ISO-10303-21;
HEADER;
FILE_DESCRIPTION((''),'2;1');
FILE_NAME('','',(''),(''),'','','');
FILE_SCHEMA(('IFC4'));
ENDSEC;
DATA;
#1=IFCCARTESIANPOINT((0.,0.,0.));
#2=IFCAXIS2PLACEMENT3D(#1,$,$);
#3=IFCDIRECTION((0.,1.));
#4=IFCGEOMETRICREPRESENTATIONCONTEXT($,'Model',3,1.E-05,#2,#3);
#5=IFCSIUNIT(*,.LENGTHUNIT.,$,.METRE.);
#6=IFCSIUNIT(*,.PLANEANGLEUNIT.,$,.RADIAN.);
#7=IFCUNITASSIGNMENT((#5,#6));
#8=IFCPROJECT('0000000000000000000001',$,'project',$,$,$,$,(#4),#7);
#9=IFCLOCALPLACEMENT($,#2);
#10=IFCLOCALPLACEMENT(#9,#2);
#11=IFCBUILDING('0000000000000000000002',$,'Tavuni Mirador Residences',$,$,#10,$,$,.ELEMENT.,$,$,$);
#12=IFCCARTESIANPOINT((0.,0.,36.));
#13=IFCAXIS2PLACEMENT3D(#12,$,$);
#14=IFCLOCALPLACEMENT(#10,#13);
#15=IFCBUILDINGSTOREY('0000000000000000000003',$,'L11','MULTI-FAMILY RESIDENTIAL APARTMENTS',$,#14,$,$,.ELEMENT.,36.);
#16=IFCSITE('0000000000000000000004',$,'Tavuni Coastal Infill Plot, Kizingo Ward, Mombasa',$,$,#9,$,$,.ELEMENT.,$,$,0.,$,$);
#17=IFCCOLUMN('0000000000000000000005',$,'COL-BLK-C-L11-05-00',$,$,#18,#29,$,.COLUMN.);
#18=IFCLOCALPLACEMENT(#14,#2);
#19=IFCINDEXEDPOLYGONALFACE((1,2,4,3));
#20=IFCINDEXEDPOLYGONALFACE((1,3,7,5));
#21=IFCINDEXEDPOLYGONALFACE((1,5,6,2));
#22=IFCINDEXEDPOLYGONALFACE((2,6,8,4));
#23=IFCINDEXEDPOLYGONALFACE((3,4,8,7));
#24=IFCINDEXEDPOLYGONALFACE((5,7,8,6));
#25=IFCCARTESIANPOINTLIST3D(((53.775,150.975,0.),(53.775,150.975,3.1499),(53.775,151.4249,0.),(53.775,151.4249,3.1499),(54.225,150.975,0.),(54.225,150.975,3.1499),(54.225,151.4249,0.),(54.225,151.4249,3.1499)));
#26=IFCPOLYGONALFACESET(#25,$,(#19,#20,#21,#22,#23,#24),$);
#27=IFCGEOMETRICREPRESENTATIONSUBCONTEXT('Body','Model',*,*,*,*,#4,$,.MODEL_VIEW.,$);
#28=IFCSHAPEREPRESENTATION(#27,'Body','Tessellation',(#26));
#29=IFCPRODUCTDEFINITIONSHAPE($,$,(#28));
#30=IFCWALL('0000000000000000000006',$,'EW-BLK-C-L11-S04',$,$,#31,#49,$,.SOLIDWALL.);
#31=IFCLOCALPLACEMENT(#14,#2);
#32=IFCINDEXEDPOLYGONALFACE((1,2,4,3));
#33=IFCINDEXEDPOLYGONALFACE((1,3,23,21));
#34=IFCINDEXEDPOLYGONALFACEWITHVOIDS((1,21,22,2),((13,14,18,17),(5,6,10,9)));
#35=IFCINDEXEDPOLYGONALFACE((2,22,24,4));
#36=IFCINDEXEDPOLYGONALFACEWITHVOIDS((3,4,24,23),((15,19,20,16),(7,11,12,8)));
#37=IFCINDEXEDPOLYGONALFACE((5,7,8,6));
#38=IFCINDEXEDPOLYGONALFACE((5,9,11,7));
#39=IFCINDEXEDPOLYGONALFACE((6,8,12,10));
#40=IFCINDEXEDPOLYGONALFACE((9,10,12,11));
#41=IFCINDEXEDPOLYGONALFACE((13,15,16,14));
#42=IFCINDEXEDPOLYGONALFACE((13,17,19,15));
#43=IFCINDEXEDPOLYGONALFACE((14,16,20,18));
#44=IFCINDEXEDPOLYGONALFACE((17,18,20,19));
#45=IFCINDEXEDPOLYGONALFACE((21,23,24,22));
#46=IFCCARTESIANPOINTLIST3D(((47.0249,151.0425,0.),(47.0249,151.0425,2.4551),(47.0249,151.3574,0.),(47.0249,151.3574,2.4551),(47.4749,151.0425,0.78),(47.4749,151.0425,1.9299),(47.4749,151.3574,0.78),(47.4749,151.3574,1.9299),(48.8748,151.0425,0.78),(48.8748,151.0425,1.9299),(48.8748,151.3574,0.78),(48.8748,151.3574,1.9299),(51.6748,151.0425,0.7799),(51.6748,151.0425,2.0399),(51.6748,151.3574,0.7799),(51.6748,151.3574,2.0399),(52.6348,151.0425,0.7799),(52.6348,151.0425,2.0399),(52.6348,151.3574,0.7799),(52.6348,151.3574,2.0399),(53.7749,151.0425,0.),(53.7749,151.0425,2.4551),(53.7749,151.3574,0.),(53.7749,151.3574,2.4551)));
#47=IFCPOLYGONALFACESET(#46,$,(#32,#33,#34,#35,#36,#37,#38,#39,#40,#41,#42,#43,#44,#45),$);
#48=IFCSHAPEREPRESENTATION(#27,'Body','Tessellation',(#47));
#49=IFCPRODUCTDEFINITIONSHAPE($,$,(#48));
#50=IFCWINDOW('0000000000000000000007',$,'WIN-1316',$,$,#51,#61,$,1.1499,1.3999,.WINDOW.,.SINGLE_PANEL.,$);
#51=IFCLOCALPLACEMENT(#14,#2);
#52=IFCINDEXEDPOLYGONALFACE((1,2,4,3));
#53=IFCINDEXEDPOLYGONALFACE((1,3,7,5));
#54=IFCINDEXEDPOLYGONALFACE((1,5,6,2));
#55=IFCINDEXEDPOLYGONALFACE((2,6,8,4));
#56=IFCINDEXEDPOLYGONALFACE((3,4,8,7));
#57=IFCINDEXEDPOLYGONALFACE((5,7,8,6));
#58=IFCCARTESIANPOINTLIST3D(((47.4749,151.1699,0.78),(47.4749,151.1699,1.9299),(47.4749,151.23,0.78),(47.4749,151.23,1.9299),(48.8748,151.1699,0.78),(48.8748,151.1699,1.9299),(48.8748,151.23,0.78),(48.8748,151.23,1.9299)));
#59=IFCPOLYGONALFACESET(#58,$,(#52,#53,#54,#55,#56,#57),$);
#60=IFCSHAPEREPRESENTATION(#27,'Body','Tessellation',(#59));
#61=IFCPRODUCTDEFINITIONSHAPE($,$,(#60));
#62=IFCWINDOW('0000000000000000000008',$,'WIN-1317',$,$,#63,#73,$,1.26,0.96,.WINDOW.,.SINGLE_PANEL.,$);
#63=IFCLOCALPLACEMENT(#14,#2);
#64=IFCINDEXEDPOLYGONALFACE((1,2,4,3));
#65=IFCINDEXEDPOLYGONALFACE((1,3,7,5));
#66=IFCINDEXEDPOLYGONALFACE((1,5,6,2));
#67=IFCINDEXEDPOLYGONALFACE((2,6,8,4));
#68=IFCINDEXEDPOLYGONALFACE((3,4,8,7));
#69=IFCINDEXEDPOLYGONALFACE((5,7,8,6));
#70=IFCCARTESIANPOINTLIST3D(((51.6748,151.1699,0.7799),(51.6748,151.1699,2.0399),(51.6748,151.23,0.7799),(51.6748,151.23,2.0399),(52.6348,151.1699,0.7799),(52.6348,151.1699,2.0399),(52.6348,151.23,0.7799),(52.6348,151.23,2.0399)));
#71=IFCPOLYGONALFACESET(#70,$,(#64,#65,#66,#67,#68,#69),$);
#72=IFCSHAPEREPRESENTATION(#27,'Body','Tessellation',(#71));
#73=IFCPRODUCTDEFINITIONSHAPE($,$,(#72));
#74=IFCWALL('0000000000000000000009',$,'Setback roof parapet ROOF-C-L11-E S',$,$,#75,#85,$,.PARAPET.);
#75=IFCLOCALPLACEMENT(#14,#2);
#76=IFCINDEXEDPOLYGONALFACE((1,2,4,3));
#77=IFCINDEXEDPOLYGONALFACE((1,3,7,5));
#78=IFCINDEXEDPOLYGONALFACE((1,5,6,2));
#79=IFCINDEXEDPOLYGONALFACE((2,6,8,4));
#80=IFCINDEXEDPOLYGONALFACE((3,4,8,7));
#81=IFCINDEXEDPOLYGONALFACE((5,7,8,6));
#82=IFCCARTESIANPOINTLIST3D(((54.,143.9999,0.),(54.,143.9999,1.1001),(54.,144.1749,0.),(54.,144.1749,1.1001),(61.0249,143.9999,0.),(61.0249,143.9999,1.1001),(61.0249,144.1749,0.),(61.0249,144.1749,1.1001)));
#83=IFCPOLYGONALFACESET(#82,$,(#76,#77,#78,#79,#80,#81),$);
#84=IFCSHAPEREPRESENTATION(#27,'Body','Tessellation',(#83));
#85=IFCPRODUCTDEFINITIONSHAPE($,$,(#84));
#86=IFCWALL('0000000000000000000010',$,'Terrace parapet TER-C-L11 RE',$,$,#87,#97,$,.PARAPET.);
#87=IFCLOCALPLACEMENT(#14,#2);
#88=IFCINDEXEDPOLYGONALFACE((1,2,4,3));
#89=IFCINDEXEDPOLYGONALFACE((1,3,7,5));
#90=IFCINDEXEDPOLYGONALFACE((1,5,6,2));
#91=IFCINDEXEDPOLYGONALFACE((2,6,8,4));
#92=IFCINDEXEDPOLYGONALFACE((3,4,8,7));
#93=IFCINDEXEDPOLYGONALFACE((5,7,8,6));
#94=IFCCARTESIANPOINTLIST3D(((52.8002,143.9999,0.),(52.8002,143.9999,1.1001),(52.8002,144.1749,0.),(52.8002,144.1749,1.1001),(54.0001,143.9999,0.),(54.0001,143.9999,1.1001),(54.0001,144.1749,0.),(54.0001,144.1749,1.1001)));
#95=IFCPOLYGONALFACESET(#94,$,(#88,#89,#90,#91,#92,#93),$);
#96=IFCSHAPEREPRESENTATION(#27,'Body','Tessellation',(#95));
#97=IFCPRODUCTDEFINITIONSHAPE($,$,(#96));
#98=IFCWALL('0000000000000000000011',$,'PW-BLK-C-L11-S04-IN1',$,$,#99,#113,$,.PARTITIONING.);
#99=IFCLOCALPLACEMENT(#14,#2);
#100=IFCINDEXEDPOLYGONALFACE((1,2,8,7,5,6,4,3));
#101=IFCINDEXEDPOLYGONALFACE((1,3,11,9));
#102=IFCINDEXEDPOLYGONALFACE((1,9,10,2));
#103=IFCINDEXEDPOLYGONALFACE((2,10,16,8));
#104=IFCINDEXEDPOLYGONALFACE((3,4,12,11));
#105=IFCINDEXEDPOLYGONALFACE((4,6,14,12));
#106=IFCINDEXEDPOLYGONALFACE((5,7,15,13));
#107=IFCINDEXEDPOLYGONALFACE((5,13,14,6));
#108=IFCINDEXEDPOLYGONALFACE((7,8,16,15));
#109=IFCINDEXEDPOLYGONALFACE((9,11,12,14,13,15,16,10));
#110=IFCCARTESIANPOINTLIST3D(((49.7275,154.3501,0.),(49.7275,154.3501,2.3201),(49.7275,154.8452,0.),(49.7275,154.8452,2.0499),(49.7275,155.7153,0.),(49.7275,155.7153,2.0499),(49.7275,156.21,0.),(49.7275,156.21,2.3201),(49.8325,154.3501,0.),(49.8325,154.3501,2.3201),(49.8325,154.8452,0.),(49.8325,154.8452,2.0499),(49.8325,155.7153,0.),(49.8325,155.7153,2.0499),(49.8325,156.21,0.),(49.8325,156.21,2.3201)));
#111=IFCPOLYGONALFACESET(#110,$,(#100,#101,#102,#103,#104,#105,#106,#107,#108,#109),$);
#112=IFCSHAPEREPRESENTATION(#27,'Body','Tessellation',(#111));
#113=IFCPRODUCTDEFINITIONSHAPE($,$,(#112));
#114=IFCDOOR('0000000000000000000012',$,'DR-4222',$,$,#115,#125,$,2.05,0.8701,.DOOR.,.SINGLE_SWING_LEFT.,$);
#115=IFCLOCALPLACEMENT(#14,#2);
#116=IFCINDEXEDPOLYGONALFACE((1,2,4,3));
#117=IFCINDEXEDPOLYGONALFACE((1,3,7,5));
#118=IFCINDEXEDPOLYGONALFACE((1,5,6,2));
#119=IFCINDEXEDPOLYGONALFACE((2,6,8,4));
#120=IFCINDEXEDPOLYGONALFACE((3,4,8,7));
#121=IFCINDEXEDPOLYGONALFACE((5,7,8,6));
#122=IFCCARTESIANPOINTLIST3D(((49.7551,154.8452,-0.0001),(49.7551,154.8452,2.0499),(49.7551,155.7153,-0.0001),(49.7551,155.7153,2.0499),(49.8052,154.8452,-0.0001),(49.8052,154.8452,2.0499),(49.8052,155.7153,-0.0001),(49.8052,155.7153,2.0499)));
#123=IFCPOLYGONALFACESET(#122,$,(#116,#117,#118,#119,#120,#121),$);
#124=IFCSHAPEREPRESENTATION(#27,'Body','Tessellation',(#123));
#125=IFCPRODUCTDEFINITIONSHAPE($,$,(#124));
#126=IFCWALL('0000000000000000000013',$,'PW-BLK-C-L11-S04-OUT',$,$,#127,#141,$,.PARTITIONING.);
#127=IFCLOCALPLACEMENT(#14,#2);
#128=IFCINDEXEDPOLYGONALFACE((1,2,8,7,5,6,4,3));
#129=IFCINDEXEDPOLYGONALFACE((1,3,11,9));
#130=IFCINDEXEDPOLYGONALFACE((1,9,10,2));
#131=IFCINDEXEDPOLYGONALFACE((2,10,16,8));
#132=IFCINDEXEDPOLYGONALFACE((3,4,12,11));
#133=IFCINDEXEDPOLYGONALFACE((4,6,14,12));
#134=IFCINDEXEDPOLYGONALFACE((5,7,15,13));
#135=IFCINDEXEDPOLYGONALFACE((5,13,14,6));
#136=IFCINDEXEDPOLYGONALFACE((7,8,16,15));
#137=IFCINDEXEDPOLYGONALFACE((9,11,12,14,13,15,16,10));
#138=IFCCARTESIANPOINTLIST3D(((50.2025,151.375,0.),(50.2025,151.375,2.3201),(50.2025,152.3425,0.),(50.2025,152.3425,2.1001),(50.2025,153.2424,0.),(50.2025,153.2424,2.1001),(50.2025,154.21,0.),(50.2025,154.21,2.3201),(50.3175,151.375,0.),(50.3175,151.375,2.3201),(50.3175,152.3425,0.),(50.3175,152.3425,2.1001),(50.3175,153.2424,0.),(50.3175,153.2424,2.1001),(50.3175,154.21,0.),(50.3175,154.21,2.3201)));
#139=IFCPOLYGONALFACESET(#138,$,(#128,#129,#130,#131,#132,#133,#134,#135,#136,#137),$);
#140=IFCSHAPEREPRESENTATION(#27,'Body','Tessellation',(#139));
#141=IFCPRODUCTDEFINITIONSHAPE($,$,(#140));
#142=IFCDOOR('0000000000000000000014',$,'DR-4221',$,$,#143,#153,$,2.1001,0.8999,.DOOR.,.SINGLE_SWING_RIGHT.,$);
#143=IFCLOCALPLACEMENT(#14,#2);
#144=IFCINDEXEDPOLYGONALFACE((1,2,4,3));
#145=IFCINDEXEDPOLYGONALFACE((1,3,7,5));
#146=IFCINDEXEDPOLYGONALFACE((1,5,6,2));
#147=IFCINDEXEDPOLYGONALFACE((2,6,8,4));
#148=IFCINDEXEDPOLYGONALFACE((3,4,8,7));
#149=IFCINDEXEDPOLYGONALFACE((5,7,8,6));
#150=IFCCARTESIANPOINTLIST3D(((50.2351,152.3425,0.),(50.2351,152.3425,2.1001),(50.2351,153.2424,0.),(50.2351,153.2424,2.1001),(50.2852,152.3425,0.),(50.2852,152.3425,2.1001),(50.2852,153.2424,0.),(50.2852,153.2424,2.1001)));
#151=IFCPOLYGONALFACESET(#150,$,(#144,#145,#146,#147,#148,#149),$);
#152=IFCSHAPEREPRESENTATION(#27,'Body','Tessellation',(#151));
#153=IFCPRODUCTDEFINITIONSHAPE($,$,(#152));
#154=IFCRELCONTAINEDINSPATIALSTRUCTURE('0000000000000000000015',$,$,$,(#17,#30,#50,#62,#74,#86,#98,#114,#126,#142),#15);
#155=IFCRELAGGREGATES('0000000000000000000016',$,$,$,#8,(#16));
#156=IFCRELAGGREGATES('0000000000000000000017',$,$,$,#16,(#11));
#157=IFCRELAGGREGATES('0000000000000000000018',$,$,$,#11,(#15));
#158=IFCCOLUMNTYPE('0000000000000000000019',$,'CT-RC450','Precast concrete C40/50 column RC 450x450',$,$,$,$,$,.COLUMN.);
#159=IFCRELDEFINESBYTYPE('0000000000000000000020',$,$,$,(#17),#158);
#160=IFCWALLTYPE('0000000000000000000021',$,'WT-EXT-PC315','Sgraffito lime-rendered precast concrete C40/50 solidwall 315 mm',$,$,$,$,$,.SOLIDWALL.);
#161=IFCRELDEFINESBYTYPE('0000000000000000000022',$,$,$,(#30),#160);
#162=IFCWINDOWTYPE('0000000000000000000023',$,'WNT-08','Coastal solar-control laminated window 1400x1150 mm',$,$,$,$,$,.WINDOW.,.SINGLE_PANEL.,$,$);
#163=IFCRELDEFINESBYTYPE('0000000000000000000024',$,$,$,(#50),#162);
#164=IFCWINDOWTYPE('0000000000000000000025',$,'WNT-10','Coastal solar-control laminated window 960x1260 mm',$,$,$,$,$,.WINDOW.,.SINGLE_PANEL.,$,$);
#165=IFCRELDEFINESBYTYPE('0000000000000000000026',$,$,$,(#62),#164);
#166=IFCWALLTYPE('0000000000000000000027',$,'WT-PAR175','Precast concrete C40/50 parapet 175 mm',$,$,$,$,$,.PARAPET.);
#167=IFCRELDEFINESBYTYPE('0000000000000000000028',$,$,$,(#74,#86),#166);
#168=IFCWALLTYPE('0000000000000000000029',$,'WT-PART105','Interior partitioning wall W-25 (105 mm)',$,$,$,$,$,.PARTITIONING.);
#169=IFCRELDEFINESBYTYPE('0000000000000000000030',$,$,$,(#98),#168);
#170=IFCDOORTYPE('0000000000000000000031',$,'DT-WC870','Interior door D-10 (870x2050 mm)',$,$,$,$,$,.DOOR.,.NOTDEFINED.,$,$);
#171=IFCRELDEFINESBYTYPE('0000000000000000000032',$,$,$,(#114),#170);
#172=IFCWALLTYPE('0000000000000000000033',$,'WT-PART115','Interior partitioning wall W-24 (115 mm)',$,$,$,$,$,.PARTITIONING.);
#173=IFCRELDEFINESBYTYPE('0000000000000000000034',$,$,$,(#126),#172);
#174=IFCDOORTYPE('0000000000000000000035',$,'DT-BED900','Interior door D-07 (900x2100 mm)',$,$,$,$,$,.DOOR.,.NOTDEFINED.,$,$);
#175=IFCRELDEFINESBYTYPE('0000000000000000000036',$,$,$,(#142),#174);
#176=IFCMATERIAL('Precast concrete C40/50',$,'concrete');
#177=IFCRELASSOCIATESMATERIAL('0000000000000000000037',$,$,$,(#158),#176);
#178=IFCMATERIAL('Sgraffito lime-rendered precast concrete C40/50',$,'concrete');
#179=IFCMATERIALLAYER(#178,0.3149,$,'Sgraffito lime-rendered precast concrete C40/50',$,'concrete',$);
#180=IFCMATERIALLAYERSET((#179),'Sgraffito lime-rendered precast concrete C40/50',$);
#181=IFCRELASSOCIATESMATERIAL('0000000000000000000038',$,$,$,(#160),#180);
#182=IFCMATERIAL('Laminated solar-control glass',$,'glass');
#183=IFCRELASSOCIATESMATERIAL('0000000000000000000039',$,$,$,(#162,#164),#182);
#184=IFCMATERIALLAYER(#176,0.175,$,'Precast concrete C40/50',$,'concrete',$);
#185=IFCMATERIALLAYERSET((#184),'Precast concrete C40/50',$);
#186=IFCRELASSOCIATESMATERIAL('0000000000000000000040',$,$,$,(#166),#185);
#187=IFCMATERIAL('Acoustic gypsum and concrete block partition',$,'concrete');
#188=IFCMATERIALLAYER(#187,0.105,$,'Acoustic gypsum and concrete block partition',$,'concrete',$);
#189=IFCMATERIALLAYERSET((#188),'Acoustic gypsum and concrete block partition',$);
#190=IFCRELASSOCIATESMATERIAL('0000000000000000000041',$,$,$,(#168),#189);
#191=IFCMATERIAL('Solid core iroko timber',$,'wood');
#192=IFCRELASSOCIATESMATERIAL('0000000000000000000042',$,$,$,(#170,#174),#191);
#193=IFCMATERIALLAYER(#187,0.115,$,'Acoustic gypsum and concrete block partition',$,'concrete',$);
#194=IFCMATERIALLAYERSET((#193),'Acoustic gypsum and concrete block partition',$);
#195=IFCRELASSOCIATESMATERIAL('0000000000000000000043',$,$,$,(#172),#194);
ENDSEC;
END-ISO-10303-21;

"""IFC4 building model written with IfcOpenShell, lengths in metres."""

from ifc_helpers import new_model, si_unit, direction, frame, frame_2d, origin, origin_2d, place, context, subcontext, project, spatial, rectangle, extrude, material, layer, layer_set, material_profile, profile_set, type_object, element, fill, save


model = new_model("IFC4")

# Units and contexts
model_context = context("Model", 3, precision=1e-05, world=origin(), true_north=direction((0.0, 1.0)))
body_context = subcontext(model_context, "Body", "Model", "MODEL_VIEW")
ifc_project = project(units=[si_unit("LENGTHUNIT", "METRE"), si_unit("PLANEANGLEUNIT", "RADIAN")], contexts=[model_context])

# Site, building, storey
site_placement = place(None, origin())
site = spatial("IfcSite", under=ifc_project, at=site_placement, Name="Tavuni Coastal Infill Plot, Kizingo Ward, Mombasa", CompositionType="ELEMENT", RefElevation=0.0)
building_placement = place(site_placement, origin())
building = spatial("IfcBuilding", under=site, at=building_placement, Name="Tavuni Mirador Residences", CompositionType="ELEMENT")
storey_placement = place(building_placement, frame((0.0, 0.0, 36.0)))
storey = spatial("IfcBuildingStorey", under=building, at=storey_placement, Name="L11", Description="MULTI-FAMILY RESIDENTIAL APARTMENTS", CompositionType="ELEMENT", Elevation=36.0)

# Column
ifc_material_1 = material(Name="Precast concrete C40/50", Category="concrete")
ifc_material_profile = material_profile(ifc_material_1, rectangle(XDim=0.45, YDim=0.45, at=origin_2d()), Name="RC 450x450", Category="concrete")
ifc_profile_set = profile_set([ifc_material_profile], Name="Precast concrete C40/50")
column_type = type_object("IfcColumnType", Name="CT-RC450", Description="Precast concrete C40/50 column RC 450x450", PredefinedType="COLUMN", material=ifc_profile_set)
column_placement = place(storey_placement, frame((54.0, 151.2, 0.0), z_axis=(0.0, 0.0, 1.0), x_axis=(1.0, 0.0, 0.0)))
element("IfcColumn", 1, at=column_placement, inside=storey, type_object=column_type, Name="COL-BLK-C-L11-05-00", PredefinedType="COLUMN", context=body_context, shape_type="SweptSolid", body=[
    extrude(rectangle(XDim=0.45, YDim=0.45, at=origin_2d()), origin(), (0.0, 0.0, 1.0), 3.1499),
])

# Wall, openings, windows
ifc_material_2 = material(Name="Sgraffito lime-rendered precast concrete C40/50", Category="concrete")
ifc_layer_1 = layer(ifc_material_2, 0.3149, Name="Sgraffito lime-rendered precast concrete C40/50", Category="concrete")
ifc_layer_set_1 = layer_set([ifc_layer_1], Name="Sgraffito lime-rendered precast concrete C40/50")
wall_type_1 = type_object("IfcWallType", Name="WT-EXT-PC315", Description="Sgraffito lime-rendered precast concrete C40/50 solidwall 315 mm", PredefinedType="SOLIDWALL", material=ifc_layer_set_1)
wall_1_placement = place(storey_placement, frame((47.0249, 151.2, 0.0), z_axis=(0.0, 0.0, 1.0), x_axis=(1.0, 0.0, 0.0)))
wall_1 = element("IfcWall", 2, at=wall_1_placement, inside=storey, type_object=wall_type_1, Name="EW-BLK-C-L11-S04", PredefinedType="SOLIDWALL", context=body_context, shape_type="SweptSolid", body=[
    extrude(rectangle(XDim=6.75, YDim=0.3149, at=frame_2d((3.375, 0.0))), origin(), (0.0, 0.0, 1.0), 2.4551),
])
opening_1_placement = place(wall_1_placement, frame((0.45, 0.0, 0.78)))
opening_1 = element("IfcOpeningElement", 3, at=opening_1_placement, cuts=wall_1, PredefinedType="OPENING", context=body_context, shape_type="SweptSolid", body=[
    extrude(rectangle(XDim=1.3999, YDim=1.1499, at=frame_2d((0.7, 0.575))), frame((0.0, 0.1675, 0.0), z_axis=(0.0, -1.0, 0.0), x_axis=(1.0, 0.0, 0.0)), (0.0, 0.0, 1.0), 0.335),
])
opening_2_placement = place(wall_1_placement, frame((4.6499, 0.0, 0.78)))
opening_2 = element("IfcOpeningElement", 4, at=opening_2_placement, cuts=wall_1, PredefinedType="OPENING", context=body_context, shape_type="SweptSolid", body=[
    extrude(rectangle(XDim=0.96, YDim=1.26, at=frame_2d((0.48, 0.6299))), frame((0.0, 0.1675, 0.0), z_axis=(0.0, -1.0, 0.0), x_axis=(1.0, 0.0, 0.0)), (0.0, 0.0, 1.0), 0.335),
])
ifc_material_3 = material(Name="Laminated solar-control glass", Category="glass")
window_type_1 = type_object("IfcWindowType", Name="WNT-08", Description="Coastal solar-control laminated window 1400x1150 mm", PartitioningType="SINGLE_PANEL", PredefinedType="WINDOW", material=ifc_material_3)
window_1_placement = place(opening_1_placement, origin())
window_1 = element("IfcWindow", 5, at=window_1_placement, inside=storey, type_object=window_type_1, Name="WIN-1316", OverallHeight=1.1499, OverallWidth=1.3999, PartitioningType="SINGLE_PANEL", PredefinedType="WINDOW", context=body_context, shape_type="SweptSolid", body=[
    extrude(rectangle(XDim=1.3999, YDim=1.1499, at=frame_2d((0.7, 0.575))), frame((0.0, 0.03, 0.0), z_axis=(0.0, -1.0, 0.0), x_axis=(1.0, 0.0, 0.0)), (0.0, 0.0, 1.0), 0.0601),
])
fill(opening_1, window_1)
window_type_2 = type_object("IfcWindowType", Name="WNT-10", Description="Coastal solar-control laminated window 960x1260 mm", PartitioningType="SINGLE_PANEL", PredefinedType="WINDOW", material=ifc_material_3)
window_2_placement = place(opening_2_placement, origin())
window_2 = element("IfcWindow", 6, at=window_2_placement, inside=storey, type_object=window_type_2, Name="WIN-1317", OverallHeight=1.26, OverallWidth=0.96, PartitioningType="SINGLE_PANEL", PredefinedType="WINDOW", context=body_context, shape_type="SweptSolid", body=[
    extrude(rectangle(XDim=0.96, YDim=1.26, at=frame_2d((0.48, 0.6299))), frame((0.0, 0.03, 0.0), z_axis=(0.0, -1.0, 0.0), x_axis=(1.0, 0.0, 0.0)), (0.0, 0.0, 1.0), 0.0601),
])
fill(opening_2, window_2)

# Walls
ifc_layer_2 = layer(ifc_material_1, 0.175, Name="Precast concrete C40/50", Category="concrete")
ifc_layer_set_2 = layer_set([ifc_layer_2], Name="Precast concrete C40/50")
wall_type_2 = type_object("IfcWallType", Name="WT-PAR175", Description="Precast concrete C40/50 parapet 175 mm", PredefinedType="PARAPET", material=ifc_layer_set_2)
wall_2_placement = place(storey_placement, frame((54.0, 144.0874, 0.0), z_axis=(0.0, 0.0, 1.0), x_axis=(1.0, 0.0, 0.0)))
element("IfcWall", 7, at=wall_2_placement, inside=storey, type_object=wall_type_2, Name="Setback roof parapet ROOF-C-L11-E S", PredefinedType="PARAPET", context=body_context, shape_type="SweptSolid", body=[
    extrude(rectangle(XDim=7.0249, YDim=0.175, at=frame_2d((3.5125, 0.0))), origin(), (0.0, 0.0, 1.0), 1.1001),
])
wall_3_placement = place(storey_placement, frame((52.8, 144.0874, 0.0), z_axis=(0.0, 0.0, 1.0), x_axis=(1.0, 0.0, 0.0)))
element("IfcWall", 8, at=wall_3_placement, inside=storey, type_object=wall_type_2, Name="Terrace parapet TER-C-L11 RE", PredefinedType="PARAPET", context=body_context, shape_type="SweptSolid", body=[
    extrude(rectangle(XDim=1.2, YDim=0.175, at=frame_2d((0.6001, 0.0))), origin(), (0.0, 0.0, 1.0), 1.1001),
])

# Walls, openings, doors
ifc_material_4 = material(Name="Acoustic gypsum and concrete block partition", Category="concrete")
ifc_layer_3 = layer(ifc_material_4, 0.105, Name="Acoustic gypsum and concrete block partition", Category="concrete")
ifc_layer_set_3 = layer_set([ifc_layer_3], Name="Acoustic gypsum and concrete block partition")
wall_type_3 = type_object("IfcWallType", Name="WT-PART105", Description="Interior partitioning wall W-25 (105 mm)", PredefinedType="PARTITIONING", material=ifc_layer_set_3)
wall_4_placement = place(storey_placement, frame((49.78, 154.3501, 0.0), z_axis=(0.0, 0.0, 1.0), x_axis=(0.0, 1.0, 0.0)))
wall_4 = element("IfcWall", 9, at=wall_4_placement, inside=storey, type_object=wall_type_3, Name="PW-BLK-C-L11-S04-IN1", PredefinedType="PARTITIONING", context=body_context, shape_type="SweptSolid", body=[
    extrude(rectangle(XDim=1.8599, YDim=0.105, at=frame_2d((0.9299, 0.0))), origin(), (0.0, 0.0, 1.0), 2.3201),
])
opening_3_placement = place(wall_4_placement, frame((0.4951, 0.0, 0.0)))
opening_3 = element("IfcOpeningElement", 10, at=opening_3_placement, cuts=wall_4, PredefinedType="OPENING", context=body_context, shape_type="SweptSolid", body=[
    extrude(rectangle(XDim=0.8701, YDim=2.05, at=frame_2d((0.4351, 1.0249))), frame((0.0, 0.0625, 0.0), z_axis=(0.0, -1.0, 0.0), x_axis=(1.0, 0.0, 0.0)), (0.0, 0.0, 1.0), 0.125),
])
ifc_material_5 = material(Name="Solid core iroko timber", Category="wood")
door_type_1 = type_object("IfcDoorType", Name="DT-WC870", Description="Interior door D-10 (870x2050 mm)", OperationType="NOTDEFINED", PredefinedType="DOOR", material=ifc_material_5)
door_1_placement = place(opening_3_placement, origin())
door_1 = element("IfcDoor", 11, at=door_1_placement, inside=storey, type_object=door_type_1, Name="DR-4222", OperationType="SINGLE_SWING_LEFT", OverallHeight=2.05, OverallWidth=0.8701, PredefinedType="DOOR", context=body_context, shape_type="SweptSolid", body=[
    extrude(rectangle(XDim=0.8701, YDim=2.05, at=frame_2d((0.4351, 1.0249))), frame((0.0, 0.0249, 0.0), z_axis=(0.0, -1.0, 0.0), x_axis=(1.0, 0.0, 0.0)), (0.0, 0.0, 1.0), 0.05),
])
fill(opening_3, door_1)
ifc_layer_4 = layer(ifc_material_4, 0.115, Name="Acoustic gypsum and concrete block partition", Category="concrete")
ifc_layer_set_4 = layer_set([ifc_layer_4], Name="Acoustic gypsum and concrete block partition")
wall_type_4 = type_object("IfcWallType", Name="WT-PART115", Description="Interior partitioning wall W-24 (115 mm)", PredefinedType="PARTITIONING", material=ifc_layer_set_4)
wall_5_placement = place(storey_placement, frame((50.26, 151.375, 0.0), z_axis=(0.0, 0.0, 1.0), x_axis=(0.0, 1.0, 0.0)))
wall_5 = element("IfcWall", 12, at=wall_5_placement, inside=storey, type_object=wall_type_4, Name="PW-BLK-C-L11-S04-OUT", PredefinedType="PARTITIONING", context=body_context, shape_type="SweptSolid", body=[
    extrude(rectangle(XDim=2.835, YDim=0.115, at=frame_2d((1.4175, 0.0))), origin(), (0.0, 0.0, 1.0), 2.3201),
])
opening_4_placement = place(wall_5_placement, frame((0.9675, 0.0, 0.0)))
opening_4 = element("IfcOpeningElement", 13, at=opening_4_placement, cuts=wall_5, PredefinedType="OPENING", context=body_context, shape_type="SweptSolid", body=[
    extrude(rectangle(XDim=0.8999, YDim=2.1001, at=frame_2d((0.45, 1.05))), frame((0.0, 0.0674, 0.0), z_axis=(0.0, -1.0, 0.0), x_axis=(1.0, 0.0, 0.0)), (0.0, 0.0, 1.0), 0.135),
])
door_type_2 = type_object("IfcDoorType", Name="DT-BED900", Description="Interior door D-07 (900x2100 mm)", OperationType="NOTDEFINED", PredefinedType="DOOR", material=ifc_material_5)
door_2_placement = place(opening_4_placement, origin())
door_2 = element("IfcDoor", 14, at=door_2_placement, inside=storey, type_object=door_type_2, Name="DR-4221", OperationType="SINGLE_SWING_RIGHT", OverallHeight=2.1001, OverallWidth=0.8999, PredefinedType="DOOR", context=body_context, shape_type="SweptSolid", body=[
    extrude(rectangle(XDim=0.8999, YDim=2.1001, at=frame_2d((0.45, 1.05))), frame((0.0, 0.0249, 0.0), z_axis=(0.0, -1.0, 0.0), x_axis=(1.0, 0.0, 0.0)), (0.0, 0.0, 1.0), 0.05),
])
fill(opening_4, door_2)

save(model, "model.ifc")
